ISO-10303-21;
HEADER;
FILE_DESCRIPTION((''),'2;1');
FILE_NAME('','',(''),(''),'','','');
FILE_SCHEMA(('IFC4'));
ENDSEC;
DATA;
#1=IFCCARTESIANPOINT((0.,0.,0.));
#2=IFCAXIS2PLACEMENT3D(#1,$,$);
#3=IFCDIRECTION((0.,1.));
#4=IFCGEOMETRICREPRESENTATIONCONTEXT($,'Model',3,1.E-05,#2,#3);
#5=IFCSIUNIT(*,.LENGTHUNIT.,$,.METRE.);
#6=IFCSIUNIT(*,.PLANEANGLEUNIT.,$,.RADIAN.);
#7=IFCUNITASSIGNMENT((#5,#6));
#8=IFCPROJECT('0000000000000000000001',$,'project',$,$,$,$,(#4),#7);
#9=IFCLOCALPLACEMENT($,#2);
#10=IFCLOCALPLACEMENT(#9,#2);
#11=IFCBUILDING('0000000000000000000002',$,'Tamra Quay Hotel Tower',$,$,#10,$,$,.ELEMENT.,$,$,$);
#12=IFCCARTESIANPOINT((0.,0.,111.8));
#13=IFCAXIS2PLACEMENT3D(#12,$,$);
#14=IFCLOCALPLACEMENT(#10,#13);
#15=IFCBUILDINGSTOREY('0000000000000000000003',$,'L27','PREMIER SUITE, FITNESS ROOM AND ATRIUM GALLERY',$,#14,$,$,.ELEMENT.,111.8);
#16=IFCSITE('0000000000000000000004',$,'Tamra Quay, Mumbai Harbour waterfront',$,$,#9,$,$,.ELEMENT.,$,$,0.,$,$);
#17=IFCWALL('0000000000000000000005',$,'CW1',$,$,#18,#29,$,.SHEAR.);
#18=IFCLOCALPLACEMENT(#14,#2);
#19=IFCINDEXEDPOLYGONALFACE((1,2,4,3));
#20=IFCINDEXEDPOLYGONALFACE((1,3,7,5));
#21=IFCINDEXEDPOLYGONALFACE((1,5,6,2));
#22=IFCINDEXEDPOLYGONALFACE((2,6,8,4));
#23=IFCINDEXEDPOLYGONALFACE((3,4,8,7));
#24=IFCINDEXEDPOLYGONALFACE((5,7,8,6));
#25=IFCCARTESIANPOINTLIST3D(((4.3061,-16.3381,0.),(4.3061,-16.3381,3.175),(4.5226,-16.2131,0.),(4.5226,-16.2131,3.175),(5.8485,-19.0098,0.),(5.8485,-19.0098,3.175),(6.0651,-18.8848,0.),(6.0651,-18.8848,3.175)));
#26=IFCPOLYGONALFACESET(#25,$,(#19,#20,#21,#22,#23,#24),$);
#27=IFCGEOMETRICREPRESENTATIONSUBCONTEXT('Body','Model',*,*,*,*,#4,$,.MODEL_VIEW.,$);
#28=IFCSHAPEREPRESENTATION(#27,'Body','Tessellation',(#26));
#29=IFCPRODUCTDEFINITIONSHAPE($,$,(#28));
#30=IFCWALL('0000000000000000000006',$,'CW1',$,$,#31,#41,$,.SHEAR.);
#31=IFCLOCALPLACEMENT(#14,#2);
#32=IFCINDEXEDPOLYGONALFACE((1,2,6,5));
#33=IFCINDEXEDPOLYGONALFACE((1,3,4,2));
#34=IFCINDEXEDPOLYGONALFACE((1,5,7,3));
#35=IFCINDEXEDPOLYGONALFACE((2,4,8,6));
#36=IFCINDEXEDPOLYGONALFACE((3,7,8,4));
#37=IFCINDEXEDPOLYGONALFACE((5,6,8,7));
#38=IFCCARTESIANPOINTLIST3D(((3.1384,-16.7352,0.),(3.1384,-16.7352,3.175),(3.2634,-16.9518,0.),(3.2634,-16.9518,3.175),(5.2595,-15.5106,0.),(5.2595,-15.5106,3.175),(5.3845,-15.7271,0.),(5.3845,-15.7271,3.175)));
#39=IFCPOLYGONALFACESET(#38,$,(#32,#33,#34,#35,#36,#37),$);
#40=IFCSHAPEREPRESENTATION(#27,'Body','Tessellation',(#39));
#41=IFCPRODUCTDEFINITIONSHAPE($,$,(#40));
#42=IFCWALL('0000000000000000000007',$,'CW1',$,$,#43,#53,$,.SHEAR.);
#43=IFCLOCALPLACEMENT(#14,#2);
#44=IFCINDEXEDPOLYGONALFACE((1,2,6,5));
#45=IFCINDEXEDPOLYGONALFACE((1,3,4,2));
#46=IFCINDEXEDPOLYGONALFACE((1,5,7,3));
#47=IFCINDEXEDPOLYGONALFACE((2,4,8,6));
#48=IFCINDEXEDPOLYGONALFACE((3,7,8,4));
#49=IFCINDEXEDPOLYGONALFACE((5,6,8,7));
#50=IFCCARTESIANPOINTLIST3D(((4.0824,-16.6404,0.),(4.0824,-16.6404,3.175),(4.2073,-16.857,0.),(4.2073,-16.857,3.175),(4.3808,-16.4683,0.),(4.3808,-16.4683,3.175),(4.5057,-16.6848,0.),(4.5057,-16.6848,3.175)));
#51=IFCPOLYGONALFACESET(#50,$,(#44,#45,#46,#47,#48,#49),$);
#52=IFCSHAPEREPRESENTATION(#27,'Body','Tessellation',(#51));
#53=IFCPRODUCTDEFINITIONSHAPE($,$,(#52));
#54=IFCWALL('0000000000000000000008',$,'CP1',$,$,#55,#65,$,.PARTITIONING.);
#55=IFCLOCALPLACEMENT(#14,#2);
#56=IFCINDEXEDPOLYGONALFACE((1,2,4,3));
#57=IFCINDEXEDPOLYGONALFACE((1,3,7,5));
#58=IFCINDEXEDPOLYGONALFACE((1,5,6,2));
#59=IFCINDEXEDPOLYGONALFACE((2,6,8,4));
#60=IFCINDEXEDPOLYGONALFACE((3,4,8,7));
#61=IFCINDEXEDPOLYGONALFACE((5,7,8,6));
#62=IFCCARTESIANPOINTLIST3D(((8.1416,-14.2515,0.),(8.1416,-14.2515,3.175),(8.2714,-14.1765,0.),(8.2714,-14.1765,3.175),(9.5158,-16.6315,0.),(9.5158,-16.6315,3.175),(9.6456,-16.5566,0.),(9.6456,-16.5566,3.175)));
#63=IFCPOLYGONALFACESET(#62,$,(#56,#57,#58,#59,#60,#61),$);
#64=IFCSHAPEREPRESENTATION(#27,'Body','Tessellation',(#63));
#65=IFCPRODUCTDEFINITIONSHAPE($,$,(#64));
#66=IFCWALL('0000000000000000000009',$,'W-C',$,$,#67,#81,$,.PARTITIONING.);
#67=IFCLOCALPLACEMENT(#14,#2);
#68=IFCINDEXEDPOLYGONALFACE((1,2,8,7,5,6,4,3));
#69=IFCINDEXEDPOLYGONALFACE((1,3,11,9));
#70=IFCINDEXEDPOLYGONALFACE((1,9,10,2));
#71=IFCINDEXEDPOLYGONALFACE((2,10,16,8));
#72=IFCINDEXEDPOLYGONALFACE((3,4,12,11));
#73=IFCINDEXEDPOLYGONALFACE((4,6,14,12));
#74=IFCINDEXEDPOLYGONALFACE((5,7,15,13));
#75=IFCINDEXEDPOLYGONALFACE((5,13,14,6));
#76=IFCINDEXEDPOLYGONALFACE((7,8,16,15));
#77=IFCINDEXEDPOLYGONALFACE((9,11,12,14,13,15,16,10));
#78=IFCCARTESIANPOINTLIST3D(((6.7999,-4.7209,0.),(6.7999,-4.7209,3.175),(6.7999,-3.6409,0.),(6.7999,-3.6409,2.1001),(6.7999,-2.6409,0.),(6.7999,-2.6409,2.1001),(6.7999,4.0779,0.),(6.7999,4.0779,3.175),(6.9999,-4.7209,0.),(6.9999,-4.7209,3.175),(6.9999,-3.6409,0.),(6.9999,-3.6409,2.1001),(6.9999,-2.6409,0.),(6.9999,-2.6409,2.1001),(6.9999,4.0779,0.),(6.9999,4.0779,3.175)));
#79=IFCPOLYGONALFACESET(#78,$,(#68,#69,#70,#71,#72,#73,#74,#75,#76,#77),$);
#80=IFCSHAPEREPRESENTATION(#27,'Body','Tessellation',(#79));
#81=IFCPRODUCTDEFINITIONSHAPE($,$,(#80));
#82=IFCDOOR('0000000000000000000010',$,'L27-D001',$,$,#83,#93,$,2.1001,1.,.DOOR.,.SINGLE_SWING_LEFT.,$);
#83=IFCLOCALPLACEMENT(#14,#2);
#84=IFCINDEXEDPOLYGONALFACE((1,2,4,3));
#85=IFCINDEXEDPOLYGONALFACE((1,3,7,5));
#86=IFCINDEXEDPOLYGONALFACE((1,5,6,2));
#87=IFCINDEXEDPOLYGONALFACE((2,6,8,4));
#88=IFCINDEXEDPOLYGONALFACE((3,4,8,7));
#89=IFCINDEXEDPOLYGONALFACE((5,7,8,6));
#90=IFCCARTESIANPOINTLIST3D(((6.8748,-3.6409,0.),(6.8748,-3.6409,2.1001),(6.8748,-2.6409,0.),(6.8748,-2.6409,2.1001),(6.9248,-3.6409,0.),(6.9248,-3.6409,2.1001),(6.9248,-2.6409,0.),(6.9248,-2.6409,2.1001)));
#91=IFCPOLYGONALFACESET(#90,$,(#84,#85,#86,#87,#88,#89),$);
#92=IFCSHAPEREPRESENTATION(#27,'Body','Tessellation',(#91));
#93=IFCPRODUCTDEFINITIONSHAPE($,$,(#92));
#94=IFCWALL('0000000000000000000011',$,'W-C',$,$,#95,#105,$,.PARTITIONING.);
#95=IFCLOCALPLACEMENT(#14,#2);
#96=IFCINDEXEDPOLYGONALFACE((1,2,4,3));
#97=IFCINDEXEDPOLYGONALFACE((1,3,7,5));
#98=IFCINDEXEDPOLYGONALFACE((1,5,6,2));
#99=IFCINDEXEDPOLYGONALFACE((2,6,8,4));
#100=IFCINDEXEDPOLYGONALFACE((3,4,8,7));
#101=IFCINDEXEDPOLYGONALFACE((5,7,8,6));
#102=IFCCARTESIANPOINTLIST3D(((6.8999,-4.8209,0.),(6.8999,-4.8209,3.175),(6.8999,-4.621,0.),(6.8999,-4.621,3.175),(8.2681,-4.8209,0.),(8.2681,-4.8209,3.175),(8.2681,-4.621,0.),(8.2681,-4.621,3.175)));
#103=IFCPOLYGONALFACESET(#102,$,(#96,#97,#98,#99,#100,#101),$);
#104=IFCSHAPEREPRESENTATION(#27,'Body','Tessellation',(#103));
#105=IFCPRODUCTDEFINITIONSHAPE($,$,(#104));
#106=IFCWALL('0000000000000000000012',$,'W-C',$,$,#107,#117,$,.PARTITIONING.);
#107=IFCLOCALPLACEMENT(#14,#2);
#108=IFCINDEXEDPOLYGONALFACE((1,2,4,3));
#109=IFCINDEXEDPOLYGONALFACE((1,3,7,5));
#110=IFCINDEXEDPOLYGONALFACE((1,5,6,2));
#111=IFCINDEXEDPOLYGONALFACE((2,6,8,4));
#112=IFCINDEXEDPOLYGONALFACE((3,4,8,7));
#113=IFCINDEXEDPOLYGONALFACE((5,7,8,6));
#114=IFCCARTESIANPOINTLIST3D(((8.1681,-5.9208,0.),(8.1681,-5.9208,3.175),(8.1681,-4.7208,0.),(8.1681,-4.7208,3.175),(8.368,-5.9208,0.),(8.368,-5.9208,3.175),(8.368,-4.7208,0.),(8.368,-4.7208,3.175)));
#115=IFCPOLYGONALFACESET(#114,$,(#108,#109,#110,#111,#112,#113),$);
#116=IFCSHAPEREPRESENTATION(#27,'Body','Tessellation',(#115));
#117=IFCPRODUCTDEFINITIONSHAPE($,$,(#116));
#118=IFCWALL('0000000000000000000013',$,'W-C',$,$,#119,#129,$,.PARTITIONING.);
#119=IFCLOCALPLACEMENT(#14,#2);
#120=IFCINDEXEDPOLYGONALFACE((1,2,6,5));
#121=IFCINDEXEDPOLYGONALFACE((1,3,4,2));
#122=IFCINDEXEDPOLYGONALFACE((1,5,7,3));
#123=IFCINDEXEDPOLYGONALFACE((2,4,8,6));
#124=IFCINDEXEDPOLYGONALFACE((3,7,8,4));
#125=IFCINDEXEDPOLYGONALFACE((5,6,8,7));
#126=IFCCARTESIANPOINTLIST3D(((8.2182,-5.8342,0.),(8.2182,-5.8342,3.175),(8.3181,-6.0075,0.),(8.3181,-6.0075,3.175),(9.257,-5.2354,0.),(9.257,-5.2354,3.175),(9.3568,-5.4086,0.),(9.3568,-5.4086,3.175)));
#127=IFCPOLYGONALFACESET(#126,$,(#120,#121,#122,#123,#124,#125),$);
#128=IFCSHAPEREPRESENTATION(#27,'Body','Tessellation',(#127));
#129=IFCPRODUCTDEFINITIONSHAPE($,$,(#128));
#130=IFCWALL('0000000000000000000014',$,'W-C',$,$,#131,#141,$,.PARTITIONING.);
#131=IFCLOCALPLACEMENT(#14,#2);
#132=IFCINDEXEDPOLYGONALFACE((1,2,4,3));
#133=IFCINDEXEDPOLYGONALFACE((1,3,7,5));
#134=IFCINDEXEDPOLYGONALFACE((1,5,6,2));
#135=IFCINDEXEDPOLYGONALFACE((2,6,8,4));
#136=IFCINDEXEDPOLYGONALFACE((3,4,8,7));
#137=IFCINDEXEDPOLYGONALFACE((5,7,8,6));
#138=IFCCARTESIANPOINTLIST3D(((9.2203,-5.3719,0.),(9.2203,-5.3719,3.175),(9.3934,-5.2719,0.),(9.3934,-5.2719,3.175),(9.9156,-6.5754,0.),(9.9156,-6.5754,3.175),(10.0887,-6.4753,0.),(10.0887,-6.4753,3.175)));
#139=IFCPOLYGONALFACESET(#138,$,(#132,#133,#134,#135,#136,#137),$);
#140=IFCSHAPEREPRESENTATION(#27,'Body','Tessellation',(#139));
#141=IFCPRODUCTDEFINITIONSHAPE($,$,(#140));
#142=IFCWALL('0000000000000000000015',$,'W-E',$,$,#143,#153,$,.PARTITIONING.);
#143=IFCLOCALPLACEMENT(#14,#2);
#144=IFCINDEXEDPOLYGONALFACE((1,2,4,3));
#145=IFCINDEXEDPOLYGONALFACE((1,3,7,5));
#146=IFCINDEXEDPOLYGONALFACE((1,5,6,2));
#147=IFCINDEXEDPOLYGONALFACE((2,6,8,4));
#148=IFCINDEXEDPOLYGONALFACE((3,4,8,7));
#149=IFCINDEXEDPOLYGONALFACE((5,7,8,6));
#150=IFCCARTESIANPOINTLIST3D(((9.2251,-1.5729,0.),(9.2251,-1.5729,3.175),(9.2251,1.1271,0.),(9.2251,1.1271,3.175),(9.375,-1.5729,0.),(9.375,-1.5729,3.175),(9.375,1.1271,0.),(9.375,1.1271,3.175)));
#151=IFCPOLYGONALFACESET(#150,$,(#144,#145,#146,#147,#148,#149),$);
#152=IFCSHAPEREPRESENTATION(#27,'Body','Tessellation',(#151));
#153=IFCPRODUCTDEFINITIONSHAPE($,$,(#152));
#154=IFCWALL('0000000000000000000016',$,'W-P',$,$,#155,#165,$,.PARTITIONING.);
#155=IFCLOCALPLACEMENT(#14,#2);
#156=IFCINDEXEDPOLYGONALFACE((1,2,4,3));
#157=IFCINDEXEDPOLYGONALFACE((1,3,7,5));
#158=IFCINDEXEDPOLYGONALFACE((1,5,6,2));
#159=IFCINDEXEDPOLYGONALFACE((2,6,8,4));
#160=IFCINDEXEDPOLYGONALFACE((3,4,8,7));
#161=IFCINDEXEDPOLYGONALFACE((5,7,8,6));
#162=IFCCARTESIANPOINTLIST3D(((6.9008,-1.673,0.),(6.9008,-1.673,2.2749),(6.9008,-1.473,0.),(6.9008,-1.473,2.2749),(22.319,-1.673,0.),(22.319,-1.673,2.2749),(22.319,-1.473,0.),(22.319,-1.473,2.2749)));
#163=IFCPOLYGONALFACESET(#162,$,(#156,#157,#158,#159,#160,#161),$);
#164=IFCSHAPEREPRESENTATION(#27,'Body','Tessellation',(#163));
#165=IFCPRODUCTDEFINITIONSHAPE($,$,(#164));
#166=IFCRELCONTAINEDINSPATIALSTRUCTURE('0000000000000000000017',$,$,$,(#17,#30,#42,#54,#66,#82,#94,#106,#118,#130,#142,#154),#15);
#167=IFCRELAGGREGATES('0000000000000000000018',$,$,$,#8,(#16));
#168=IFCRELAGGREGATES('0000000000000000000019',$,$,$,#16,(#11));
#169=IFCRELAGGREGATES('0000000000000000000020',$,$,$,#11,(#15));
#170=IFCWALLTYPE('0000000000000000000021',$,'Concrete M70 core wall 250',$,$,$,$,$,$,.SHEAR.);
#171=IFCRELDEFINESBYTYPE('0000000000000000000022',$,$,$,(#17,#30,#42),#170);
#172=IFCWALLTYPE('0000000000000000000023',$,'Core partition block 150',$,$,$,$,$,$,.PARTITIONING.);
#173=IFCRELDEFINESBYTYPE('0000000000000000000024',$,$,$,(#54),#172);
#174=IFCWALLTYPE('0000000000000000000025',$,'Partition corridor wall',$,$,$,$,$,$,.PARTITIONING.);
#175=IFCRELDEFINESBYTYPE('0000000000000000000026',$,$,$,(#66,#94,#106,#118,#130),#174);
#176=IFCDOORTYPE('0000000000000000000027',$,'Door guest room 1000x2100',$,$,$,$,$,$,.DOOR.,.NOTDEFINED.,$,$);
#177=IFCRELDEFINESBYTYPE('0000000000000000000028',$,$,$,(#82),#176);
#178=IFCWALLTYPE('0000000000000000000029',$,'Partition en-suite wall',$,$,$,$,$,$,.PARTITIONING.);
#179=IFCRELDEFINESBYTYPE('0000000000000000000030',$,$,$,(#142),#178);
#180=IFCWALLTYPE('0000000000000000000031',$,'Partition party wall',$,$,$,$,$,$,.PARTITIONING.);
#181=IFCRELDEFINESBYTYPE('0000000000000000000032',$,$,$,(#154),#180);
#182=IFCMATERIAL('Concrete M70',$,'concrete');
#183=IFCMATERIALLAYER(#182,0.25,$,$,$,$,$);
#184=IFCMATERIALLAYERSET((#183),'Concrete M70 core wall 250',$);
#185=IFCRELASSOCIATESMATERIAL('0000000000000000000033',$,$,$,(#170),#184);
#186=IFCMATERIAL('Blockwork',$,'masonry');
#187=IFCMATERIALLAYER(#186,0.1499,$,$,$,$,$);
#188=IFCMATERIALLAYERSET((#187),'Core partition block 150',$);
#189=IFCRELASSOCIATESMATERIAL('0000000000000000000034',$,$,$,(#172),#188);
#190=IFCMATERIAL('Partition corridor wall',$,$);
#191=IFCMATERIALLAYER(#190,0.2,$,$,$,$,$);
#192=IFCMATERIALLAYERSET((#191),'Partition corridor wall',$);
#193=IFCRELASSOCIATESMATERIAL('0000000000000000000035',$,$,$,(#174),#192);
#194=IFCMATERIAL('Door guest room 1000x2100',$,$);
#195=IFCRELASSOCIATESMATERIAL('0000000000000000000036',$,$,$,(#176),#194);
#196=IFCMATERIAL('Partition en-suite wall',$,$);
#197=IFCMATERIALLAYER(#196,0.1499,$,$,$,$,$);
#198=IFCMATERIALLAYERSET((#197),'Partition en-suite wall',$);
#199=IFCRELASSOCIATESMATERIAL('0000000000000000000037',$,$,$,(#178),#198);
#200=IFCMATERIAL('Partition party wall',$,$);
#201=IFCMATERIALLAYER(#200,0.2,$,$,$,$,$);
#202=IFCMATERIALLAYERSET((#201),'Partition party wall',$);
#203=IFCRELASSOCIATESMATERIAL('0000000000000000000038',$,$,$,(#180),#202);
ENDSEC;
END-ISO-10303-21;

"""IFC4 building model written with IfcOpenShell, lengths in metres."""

from ifc_helpers import new_model, si_unit, direction, frame, frame_2d, origin, place, context, subcontext, project, spatial, rectangle, extrude, material, layer, layer_set, type_object, element, fill, save


model = new_model("IFC4")

# Units and contexts
model_context = context("Model", 3, precision=1e-05, world=origin(), true_north=direction((0.0, 1.0)))
body_context = subcontext(model_context, "Body", "Model", "MODEL_VIEW")
ifc_project = project(units=[si_unit("LENGTHUNIT", "METRE"), si_unit("PLANEANGLEUNIT", "RADIAN")], contexts=[model_context])

# Site, building, storey
site_placement = place(None, origin())
site = spatial("IfcSite", under=ifc_project, at=site_placement, Name="Tamra Quay, Mumbai Harbour waterfront", CompositionType="ELEMENT", RefElevation=0.0)
building_placement = place(site_placement, origin())
building = spatial("IfcBuilding", under=site, at=building_placement, Name="Tamra Quay Hotel Tower", CompositionType="ELEMENT")
storey_placement = place(building_placement, frame((0.0, 0.0, 111.8)))
storey = spatial("IfcBuildingStorey", under=building, at=storey_placement, Name="L27", Description="PREMIER SUITE, FITNESS ROOM AND ATRIUM GALLERY", CompositionType="ELEMENT", Elevation=111.8)

# Shared definitions
ifc_material_1 = material(Name="Concrete M70", Category="concrete")

# Walls
ifc_layer_1 = layer(ifc_material_1, 0.25)
ifc_layer_set_1 = layer_set([ifc_layer_1], Name="Concrete M70 core wall 250")
wall_type_1 = type_object("IfcWallType", Name="Concrete M70 core wall 250", PredefinedType="SHEAR", material=ifc_layer_set_1)
wall_1_placement = place(storey_placement, frame((4.4143, -16.2756, 0.0), z_axis=(0.0, 0.0, 1.0), x_axis=(0.500003, -0.866023, 0.0)))
element("IfcWall", 1, at=wall_1_placement, inside=storey, type_object=wall_type_1, Name="CW1", PredefinedType="SHEAR", context=body_context, shape_type="SweptSolid", body=[
    extrude(rectangle(XDim=3.085, YDim=0.25, at=frame_2d((1.5425, 0.0))), origin(), (0.0, 0.0, 1.0), 3.175),
])
wall_2_placement = place(storey_placement, frame((5.322, -15.6189, 0.0), z_axis=(0.0, 0.0, 1.0), x_axis=(-0.866026, -0.499999, 0.0)))
element("IfcWall", 2, at=wall_2_placement, inside=storey, type_object=wall_type_1, Name="CW1", PredefinedType="SHEAR", context=body_context, shape_type="SweptSolid", body=[
    extrude(rectangle(XDim=2.4492, YDim=0.25, at=frame_2d((1.2246, 0.0))), origin(), (0.0, 0.0, 1.0), 3.175),
])
wall_3_placement = place(storey_placement, frame((4.1448, -16.7488, 0.0), z_axis=(0.0, 0.0, 1.0), x_axis=(0.866186, 0.499722, 0.0)))
element("IfcWall", 3, at=wall_3_placement, inside=storey, type_object=wall_type_1, Name="CW1", PredefinedType="SHEAR", context=body_context, shape_type="SweptSolid", body=[
    extrude(rectangle(XDim=0.3445, YDim=0.25, at=frame_2d((0.1724, 0.0))), origin(), (0.0, 0.0, 1.0), 3.175),
])
ifc_material_2 = material(Name="Blockwork", Category="masonry")
ifc_layer_2 = layer(ifc_material_2, 0.1499)
ifc_layer_set_2 = layer_set([ifc_layer_2], Name="Core partition block 150")
wall_type_2 = type_object("IfcWallType", Name="Core partition block 150", PredefinedType="PARTITIONING", material=ifc_layer_set_2)
wall_4_placement = place(storey_placement, frame((8.2065, -14.2141, 0.0), z_axis=(0.0, 0.0, 1.0), x_axis=(0.500027, -0.86601, 0.0)))
element("IfcWall", 4, at=wall_4_placement, inside=storey, type_object=wall_type_2, Name="CP1", PredefinedType="PARTITIONING", context=body_context, shape_type="SweptSolid", body=[
    extrude(rectangle(XDim=2.7483, YDim=0.1499, at=frame_2d((1.374, 0.0))), origin(), (0.0, 0.0, 1.0), 3.175),
])

# Wall, opening, door
ifc_material_3 = material(Name="Partition corridor wall")
ifc_layer_3 = layer(ifc_material_3, 0.2)
ifc_layer_set_3 = layer_set([ifc_layer_3], Name="Partition corridor wall")
wall_type_3 = type_object("IfcWallType", Name="Partition corridor wall", PredefinedType="PARTITIONING", material=ifc_layer_set_3)
wall_5_placement = place(storey_placement, frame((6.8999, -4.7209, 0.0), z_axis=(0.0, 0.0, 1.0), x_axis=(0.0, 1.0, 0.0)))
wall_5 = element("IfcWall", 5, at=wall_5_placement, inside=storey, type_object=wall_type_3, Name="W-C", PredefinedType="PARTITIONING", context=body_context, shape_type="SweptSolid", body=[
    extrude(rectangle(XDim=8.7988, YDim=0.2, at=frame_2d((4.3994, 0.0))), origin(), (0.0, 0.0, 1.0), 3.175),
])
opening_1_placement = place(wall_5_placement, frame((1.0801, 0.0, 0.0)))
opening_1 = element("IfcOpeningElement", 6, at=opening_1_placement, cuts=wall_5, PredefinedType="OPENING", context=body_context, shape_type="SweptSolid", body=[
    extrude(rectangle(XDim=1.0, YDim=2.1001, at=frame_2d((0.5, 1.05))), frame((0.0, 0.1099, 0.0), z_axis=(0.0, -1.0, 0.0), x_axis=(1.0, 0.0, 0.0)), (0.0, 0.0, 1.0), 0.22),
])
ifc_material_4 = material(Name="Door guest room 1000x2100")
door_type_1 = type_object("IfcDoorType", Name="Door guest room 1000x2100", OperationType="NOTDEFINED", PredefinedType="DOOR", material=ifc_material_4)
door_1_placement = place(opening_1_placement, frame((1.0, 0.0, 0.0), z_axis=(0.0, 0.0, 1.0), x_axis=(-1.0, 0.0, 0.0)))
door_1 = element("IfcDoor", 7, at=door_1_placement, inside=storey, type_object=door_type_1, Name="L27-D001", OperationType="SINGLE_SWING_LEFT", OverallHeight=2.1001, OverallWidth=1.0, PredefinedType="DOOR", context=body_context, shape_type="SweptSolid", body=[
    extrude(rectangle(XDim=1.0, YDim=2.1001, at=frame_2d((0.5, 1.05))), frame((0.0, 0.0249, 0.0), z_axis=(0.0, -1.0, 0.0), x_axis=(1.0, 0.0, 0.0)), (0.0, 0.0, 1.0), 0.05),
])
fill(opening_1, door_1)

# Walls
wall_6_placement = place(storey_placement, frame((6.8999, -4.7209, 0.0), z_axis=(0.0, 0.0, 1.0), x_axis=(1.0, 0.0, 0.0)))
element("IfcWall", 8, at=wall_6_placement, inside=storey, type_object=wall_type_3, Name="W-C", PredefinedType="PARTITIONING", context=body_context, shape_type="SweptSolid", body=[
    extrude(rectangle(XDim=1.3682, YDim=0.2, at=frame_2d((0.6841, 0.0))), origin(), (0.0, 0.0, 1.0), 3.175),
])
wall_7_placement = place(storey_placement, frame((8.2681, -5.9209, 0.0), z_axis=(0.0, 0.0, 1.0), x_axis=(0.0, 1.0, 0.0)))
element("IfcWall", 9, at=wall_7_placement, inside=storey, type_object=wall_type_3, Name="W-C", PredefinedType="PARTITIONING", context=body_context, shape_type="SweptSolid", body=[
    extrude(rectangle(XDim=1.2, YDim=0.2, at=frame_2d((0.6001, 0.0))), origin(), (0.0, 0.0, 1.0), 3.175),
])
wall_8_placement = place(storey_placement, frame((8.2681, -5.9209, 0.0), z_axis=(0.0, 0.0, 1.0), x_axis=(0.866345, 0.499446, 0.0)))
element("IfcWall", 10, at=wall_8_placement, inside=storey, type_object=wall_type_3, Name="W-C", PredefinedType="PARTITIONING", context=body_context, shape_type="SweptSolid", body=[
    extrude(rectangle(XDim=1.199, YDim=0.2, at=frame_2d((0.5996, 0.0))), origin(), (0.0, 0.0, 1.0), 3.175),
])
wall_9_placement = place(storey_placement, frame((9.3069, -5.322, 0.0), z_axis=(0.0, 0.0, 1.0), x_axis=(0.500295, -0.865855, 0.0)))
element("IfcWall", 11, at=wall_9_placement, inside=storey, type_object=wall_type_3, Name="W-C", PredefinedType="PARTITIONING", context=body_context, shape_type="SweptSolid", body=[
    extrude(rectangle(XDim=1.3899, YDim=0.2, at=frame_2d((0.6948, 0.0))), origin(), (0.0, 0.0, 1.0), 3.175),
])
ifc_material_5 = material(Name="Partition en-suite wall")
ifc_layer_4 = layer(ifc_material_5, 0.1499)
ifc_layer_set_4 = layer_set([ifc_layer_4], Name="Partition en-suite wall")
wall_type_4 = type_object("IfcWallType", Name="Partition en-suite wall", PredefinedType="PARTITIONING", material=ifc_layer_set_4)
wall_10_placement = place(storey_placement, frame((9.3, -1.573, 0.0), z_axis=(0.0, 0.0, 1.0), x_axis=(0.0, 1.0, 0.0)))
element("IfcWall", 12, at=wall_10_placement, inside=storey, type_object=wall_type_4, Name="W-E", PredefinedType="PARTITIONING", context=body_context, shape_type="SweptSolid", body=[
    extrude(rectangle(XDim=2.7, YDim=0.1499, at=frame_2d((1.3501, 0.0))), origin(), (0.0, 0.0, 1.0), 3.175),
])
ifc_material_6 = material(Name="Partition party wall")
ifc_layer_5 = layer(ifc_material_6, 0.2)
ifc_layer_set_5 = layer_set([ifc_layer_5], Name="Partition party wall")
wall_type_5 = type_object("IfcWallType", Name="Partition party wall", PredefinedType="PARTITIONING", material=ifc_layer_set_5)
wall_11_placement = place(storey_placement, frame((6.9009, -1.573, 0.0), z_axis=(0.0, 0.0, 1.0), x_axis=(1.0, 0.0, 0.0)))
element("IfcWall", 13, at=wall_11_placement, inside=storey, type_object=wall_type_5, Name="W-P", PredefinedType="PARTITIONING", context=body_context, shape_type="SweptSolid", body=[
    extrude(rectangle(XDim=15.4182, YDim=0.2, at=frame_2d((7.709, 0.0))), origin(), (0.0, 0.0, 1.0), 2.2749),
])

save(model, "model.ifc")
